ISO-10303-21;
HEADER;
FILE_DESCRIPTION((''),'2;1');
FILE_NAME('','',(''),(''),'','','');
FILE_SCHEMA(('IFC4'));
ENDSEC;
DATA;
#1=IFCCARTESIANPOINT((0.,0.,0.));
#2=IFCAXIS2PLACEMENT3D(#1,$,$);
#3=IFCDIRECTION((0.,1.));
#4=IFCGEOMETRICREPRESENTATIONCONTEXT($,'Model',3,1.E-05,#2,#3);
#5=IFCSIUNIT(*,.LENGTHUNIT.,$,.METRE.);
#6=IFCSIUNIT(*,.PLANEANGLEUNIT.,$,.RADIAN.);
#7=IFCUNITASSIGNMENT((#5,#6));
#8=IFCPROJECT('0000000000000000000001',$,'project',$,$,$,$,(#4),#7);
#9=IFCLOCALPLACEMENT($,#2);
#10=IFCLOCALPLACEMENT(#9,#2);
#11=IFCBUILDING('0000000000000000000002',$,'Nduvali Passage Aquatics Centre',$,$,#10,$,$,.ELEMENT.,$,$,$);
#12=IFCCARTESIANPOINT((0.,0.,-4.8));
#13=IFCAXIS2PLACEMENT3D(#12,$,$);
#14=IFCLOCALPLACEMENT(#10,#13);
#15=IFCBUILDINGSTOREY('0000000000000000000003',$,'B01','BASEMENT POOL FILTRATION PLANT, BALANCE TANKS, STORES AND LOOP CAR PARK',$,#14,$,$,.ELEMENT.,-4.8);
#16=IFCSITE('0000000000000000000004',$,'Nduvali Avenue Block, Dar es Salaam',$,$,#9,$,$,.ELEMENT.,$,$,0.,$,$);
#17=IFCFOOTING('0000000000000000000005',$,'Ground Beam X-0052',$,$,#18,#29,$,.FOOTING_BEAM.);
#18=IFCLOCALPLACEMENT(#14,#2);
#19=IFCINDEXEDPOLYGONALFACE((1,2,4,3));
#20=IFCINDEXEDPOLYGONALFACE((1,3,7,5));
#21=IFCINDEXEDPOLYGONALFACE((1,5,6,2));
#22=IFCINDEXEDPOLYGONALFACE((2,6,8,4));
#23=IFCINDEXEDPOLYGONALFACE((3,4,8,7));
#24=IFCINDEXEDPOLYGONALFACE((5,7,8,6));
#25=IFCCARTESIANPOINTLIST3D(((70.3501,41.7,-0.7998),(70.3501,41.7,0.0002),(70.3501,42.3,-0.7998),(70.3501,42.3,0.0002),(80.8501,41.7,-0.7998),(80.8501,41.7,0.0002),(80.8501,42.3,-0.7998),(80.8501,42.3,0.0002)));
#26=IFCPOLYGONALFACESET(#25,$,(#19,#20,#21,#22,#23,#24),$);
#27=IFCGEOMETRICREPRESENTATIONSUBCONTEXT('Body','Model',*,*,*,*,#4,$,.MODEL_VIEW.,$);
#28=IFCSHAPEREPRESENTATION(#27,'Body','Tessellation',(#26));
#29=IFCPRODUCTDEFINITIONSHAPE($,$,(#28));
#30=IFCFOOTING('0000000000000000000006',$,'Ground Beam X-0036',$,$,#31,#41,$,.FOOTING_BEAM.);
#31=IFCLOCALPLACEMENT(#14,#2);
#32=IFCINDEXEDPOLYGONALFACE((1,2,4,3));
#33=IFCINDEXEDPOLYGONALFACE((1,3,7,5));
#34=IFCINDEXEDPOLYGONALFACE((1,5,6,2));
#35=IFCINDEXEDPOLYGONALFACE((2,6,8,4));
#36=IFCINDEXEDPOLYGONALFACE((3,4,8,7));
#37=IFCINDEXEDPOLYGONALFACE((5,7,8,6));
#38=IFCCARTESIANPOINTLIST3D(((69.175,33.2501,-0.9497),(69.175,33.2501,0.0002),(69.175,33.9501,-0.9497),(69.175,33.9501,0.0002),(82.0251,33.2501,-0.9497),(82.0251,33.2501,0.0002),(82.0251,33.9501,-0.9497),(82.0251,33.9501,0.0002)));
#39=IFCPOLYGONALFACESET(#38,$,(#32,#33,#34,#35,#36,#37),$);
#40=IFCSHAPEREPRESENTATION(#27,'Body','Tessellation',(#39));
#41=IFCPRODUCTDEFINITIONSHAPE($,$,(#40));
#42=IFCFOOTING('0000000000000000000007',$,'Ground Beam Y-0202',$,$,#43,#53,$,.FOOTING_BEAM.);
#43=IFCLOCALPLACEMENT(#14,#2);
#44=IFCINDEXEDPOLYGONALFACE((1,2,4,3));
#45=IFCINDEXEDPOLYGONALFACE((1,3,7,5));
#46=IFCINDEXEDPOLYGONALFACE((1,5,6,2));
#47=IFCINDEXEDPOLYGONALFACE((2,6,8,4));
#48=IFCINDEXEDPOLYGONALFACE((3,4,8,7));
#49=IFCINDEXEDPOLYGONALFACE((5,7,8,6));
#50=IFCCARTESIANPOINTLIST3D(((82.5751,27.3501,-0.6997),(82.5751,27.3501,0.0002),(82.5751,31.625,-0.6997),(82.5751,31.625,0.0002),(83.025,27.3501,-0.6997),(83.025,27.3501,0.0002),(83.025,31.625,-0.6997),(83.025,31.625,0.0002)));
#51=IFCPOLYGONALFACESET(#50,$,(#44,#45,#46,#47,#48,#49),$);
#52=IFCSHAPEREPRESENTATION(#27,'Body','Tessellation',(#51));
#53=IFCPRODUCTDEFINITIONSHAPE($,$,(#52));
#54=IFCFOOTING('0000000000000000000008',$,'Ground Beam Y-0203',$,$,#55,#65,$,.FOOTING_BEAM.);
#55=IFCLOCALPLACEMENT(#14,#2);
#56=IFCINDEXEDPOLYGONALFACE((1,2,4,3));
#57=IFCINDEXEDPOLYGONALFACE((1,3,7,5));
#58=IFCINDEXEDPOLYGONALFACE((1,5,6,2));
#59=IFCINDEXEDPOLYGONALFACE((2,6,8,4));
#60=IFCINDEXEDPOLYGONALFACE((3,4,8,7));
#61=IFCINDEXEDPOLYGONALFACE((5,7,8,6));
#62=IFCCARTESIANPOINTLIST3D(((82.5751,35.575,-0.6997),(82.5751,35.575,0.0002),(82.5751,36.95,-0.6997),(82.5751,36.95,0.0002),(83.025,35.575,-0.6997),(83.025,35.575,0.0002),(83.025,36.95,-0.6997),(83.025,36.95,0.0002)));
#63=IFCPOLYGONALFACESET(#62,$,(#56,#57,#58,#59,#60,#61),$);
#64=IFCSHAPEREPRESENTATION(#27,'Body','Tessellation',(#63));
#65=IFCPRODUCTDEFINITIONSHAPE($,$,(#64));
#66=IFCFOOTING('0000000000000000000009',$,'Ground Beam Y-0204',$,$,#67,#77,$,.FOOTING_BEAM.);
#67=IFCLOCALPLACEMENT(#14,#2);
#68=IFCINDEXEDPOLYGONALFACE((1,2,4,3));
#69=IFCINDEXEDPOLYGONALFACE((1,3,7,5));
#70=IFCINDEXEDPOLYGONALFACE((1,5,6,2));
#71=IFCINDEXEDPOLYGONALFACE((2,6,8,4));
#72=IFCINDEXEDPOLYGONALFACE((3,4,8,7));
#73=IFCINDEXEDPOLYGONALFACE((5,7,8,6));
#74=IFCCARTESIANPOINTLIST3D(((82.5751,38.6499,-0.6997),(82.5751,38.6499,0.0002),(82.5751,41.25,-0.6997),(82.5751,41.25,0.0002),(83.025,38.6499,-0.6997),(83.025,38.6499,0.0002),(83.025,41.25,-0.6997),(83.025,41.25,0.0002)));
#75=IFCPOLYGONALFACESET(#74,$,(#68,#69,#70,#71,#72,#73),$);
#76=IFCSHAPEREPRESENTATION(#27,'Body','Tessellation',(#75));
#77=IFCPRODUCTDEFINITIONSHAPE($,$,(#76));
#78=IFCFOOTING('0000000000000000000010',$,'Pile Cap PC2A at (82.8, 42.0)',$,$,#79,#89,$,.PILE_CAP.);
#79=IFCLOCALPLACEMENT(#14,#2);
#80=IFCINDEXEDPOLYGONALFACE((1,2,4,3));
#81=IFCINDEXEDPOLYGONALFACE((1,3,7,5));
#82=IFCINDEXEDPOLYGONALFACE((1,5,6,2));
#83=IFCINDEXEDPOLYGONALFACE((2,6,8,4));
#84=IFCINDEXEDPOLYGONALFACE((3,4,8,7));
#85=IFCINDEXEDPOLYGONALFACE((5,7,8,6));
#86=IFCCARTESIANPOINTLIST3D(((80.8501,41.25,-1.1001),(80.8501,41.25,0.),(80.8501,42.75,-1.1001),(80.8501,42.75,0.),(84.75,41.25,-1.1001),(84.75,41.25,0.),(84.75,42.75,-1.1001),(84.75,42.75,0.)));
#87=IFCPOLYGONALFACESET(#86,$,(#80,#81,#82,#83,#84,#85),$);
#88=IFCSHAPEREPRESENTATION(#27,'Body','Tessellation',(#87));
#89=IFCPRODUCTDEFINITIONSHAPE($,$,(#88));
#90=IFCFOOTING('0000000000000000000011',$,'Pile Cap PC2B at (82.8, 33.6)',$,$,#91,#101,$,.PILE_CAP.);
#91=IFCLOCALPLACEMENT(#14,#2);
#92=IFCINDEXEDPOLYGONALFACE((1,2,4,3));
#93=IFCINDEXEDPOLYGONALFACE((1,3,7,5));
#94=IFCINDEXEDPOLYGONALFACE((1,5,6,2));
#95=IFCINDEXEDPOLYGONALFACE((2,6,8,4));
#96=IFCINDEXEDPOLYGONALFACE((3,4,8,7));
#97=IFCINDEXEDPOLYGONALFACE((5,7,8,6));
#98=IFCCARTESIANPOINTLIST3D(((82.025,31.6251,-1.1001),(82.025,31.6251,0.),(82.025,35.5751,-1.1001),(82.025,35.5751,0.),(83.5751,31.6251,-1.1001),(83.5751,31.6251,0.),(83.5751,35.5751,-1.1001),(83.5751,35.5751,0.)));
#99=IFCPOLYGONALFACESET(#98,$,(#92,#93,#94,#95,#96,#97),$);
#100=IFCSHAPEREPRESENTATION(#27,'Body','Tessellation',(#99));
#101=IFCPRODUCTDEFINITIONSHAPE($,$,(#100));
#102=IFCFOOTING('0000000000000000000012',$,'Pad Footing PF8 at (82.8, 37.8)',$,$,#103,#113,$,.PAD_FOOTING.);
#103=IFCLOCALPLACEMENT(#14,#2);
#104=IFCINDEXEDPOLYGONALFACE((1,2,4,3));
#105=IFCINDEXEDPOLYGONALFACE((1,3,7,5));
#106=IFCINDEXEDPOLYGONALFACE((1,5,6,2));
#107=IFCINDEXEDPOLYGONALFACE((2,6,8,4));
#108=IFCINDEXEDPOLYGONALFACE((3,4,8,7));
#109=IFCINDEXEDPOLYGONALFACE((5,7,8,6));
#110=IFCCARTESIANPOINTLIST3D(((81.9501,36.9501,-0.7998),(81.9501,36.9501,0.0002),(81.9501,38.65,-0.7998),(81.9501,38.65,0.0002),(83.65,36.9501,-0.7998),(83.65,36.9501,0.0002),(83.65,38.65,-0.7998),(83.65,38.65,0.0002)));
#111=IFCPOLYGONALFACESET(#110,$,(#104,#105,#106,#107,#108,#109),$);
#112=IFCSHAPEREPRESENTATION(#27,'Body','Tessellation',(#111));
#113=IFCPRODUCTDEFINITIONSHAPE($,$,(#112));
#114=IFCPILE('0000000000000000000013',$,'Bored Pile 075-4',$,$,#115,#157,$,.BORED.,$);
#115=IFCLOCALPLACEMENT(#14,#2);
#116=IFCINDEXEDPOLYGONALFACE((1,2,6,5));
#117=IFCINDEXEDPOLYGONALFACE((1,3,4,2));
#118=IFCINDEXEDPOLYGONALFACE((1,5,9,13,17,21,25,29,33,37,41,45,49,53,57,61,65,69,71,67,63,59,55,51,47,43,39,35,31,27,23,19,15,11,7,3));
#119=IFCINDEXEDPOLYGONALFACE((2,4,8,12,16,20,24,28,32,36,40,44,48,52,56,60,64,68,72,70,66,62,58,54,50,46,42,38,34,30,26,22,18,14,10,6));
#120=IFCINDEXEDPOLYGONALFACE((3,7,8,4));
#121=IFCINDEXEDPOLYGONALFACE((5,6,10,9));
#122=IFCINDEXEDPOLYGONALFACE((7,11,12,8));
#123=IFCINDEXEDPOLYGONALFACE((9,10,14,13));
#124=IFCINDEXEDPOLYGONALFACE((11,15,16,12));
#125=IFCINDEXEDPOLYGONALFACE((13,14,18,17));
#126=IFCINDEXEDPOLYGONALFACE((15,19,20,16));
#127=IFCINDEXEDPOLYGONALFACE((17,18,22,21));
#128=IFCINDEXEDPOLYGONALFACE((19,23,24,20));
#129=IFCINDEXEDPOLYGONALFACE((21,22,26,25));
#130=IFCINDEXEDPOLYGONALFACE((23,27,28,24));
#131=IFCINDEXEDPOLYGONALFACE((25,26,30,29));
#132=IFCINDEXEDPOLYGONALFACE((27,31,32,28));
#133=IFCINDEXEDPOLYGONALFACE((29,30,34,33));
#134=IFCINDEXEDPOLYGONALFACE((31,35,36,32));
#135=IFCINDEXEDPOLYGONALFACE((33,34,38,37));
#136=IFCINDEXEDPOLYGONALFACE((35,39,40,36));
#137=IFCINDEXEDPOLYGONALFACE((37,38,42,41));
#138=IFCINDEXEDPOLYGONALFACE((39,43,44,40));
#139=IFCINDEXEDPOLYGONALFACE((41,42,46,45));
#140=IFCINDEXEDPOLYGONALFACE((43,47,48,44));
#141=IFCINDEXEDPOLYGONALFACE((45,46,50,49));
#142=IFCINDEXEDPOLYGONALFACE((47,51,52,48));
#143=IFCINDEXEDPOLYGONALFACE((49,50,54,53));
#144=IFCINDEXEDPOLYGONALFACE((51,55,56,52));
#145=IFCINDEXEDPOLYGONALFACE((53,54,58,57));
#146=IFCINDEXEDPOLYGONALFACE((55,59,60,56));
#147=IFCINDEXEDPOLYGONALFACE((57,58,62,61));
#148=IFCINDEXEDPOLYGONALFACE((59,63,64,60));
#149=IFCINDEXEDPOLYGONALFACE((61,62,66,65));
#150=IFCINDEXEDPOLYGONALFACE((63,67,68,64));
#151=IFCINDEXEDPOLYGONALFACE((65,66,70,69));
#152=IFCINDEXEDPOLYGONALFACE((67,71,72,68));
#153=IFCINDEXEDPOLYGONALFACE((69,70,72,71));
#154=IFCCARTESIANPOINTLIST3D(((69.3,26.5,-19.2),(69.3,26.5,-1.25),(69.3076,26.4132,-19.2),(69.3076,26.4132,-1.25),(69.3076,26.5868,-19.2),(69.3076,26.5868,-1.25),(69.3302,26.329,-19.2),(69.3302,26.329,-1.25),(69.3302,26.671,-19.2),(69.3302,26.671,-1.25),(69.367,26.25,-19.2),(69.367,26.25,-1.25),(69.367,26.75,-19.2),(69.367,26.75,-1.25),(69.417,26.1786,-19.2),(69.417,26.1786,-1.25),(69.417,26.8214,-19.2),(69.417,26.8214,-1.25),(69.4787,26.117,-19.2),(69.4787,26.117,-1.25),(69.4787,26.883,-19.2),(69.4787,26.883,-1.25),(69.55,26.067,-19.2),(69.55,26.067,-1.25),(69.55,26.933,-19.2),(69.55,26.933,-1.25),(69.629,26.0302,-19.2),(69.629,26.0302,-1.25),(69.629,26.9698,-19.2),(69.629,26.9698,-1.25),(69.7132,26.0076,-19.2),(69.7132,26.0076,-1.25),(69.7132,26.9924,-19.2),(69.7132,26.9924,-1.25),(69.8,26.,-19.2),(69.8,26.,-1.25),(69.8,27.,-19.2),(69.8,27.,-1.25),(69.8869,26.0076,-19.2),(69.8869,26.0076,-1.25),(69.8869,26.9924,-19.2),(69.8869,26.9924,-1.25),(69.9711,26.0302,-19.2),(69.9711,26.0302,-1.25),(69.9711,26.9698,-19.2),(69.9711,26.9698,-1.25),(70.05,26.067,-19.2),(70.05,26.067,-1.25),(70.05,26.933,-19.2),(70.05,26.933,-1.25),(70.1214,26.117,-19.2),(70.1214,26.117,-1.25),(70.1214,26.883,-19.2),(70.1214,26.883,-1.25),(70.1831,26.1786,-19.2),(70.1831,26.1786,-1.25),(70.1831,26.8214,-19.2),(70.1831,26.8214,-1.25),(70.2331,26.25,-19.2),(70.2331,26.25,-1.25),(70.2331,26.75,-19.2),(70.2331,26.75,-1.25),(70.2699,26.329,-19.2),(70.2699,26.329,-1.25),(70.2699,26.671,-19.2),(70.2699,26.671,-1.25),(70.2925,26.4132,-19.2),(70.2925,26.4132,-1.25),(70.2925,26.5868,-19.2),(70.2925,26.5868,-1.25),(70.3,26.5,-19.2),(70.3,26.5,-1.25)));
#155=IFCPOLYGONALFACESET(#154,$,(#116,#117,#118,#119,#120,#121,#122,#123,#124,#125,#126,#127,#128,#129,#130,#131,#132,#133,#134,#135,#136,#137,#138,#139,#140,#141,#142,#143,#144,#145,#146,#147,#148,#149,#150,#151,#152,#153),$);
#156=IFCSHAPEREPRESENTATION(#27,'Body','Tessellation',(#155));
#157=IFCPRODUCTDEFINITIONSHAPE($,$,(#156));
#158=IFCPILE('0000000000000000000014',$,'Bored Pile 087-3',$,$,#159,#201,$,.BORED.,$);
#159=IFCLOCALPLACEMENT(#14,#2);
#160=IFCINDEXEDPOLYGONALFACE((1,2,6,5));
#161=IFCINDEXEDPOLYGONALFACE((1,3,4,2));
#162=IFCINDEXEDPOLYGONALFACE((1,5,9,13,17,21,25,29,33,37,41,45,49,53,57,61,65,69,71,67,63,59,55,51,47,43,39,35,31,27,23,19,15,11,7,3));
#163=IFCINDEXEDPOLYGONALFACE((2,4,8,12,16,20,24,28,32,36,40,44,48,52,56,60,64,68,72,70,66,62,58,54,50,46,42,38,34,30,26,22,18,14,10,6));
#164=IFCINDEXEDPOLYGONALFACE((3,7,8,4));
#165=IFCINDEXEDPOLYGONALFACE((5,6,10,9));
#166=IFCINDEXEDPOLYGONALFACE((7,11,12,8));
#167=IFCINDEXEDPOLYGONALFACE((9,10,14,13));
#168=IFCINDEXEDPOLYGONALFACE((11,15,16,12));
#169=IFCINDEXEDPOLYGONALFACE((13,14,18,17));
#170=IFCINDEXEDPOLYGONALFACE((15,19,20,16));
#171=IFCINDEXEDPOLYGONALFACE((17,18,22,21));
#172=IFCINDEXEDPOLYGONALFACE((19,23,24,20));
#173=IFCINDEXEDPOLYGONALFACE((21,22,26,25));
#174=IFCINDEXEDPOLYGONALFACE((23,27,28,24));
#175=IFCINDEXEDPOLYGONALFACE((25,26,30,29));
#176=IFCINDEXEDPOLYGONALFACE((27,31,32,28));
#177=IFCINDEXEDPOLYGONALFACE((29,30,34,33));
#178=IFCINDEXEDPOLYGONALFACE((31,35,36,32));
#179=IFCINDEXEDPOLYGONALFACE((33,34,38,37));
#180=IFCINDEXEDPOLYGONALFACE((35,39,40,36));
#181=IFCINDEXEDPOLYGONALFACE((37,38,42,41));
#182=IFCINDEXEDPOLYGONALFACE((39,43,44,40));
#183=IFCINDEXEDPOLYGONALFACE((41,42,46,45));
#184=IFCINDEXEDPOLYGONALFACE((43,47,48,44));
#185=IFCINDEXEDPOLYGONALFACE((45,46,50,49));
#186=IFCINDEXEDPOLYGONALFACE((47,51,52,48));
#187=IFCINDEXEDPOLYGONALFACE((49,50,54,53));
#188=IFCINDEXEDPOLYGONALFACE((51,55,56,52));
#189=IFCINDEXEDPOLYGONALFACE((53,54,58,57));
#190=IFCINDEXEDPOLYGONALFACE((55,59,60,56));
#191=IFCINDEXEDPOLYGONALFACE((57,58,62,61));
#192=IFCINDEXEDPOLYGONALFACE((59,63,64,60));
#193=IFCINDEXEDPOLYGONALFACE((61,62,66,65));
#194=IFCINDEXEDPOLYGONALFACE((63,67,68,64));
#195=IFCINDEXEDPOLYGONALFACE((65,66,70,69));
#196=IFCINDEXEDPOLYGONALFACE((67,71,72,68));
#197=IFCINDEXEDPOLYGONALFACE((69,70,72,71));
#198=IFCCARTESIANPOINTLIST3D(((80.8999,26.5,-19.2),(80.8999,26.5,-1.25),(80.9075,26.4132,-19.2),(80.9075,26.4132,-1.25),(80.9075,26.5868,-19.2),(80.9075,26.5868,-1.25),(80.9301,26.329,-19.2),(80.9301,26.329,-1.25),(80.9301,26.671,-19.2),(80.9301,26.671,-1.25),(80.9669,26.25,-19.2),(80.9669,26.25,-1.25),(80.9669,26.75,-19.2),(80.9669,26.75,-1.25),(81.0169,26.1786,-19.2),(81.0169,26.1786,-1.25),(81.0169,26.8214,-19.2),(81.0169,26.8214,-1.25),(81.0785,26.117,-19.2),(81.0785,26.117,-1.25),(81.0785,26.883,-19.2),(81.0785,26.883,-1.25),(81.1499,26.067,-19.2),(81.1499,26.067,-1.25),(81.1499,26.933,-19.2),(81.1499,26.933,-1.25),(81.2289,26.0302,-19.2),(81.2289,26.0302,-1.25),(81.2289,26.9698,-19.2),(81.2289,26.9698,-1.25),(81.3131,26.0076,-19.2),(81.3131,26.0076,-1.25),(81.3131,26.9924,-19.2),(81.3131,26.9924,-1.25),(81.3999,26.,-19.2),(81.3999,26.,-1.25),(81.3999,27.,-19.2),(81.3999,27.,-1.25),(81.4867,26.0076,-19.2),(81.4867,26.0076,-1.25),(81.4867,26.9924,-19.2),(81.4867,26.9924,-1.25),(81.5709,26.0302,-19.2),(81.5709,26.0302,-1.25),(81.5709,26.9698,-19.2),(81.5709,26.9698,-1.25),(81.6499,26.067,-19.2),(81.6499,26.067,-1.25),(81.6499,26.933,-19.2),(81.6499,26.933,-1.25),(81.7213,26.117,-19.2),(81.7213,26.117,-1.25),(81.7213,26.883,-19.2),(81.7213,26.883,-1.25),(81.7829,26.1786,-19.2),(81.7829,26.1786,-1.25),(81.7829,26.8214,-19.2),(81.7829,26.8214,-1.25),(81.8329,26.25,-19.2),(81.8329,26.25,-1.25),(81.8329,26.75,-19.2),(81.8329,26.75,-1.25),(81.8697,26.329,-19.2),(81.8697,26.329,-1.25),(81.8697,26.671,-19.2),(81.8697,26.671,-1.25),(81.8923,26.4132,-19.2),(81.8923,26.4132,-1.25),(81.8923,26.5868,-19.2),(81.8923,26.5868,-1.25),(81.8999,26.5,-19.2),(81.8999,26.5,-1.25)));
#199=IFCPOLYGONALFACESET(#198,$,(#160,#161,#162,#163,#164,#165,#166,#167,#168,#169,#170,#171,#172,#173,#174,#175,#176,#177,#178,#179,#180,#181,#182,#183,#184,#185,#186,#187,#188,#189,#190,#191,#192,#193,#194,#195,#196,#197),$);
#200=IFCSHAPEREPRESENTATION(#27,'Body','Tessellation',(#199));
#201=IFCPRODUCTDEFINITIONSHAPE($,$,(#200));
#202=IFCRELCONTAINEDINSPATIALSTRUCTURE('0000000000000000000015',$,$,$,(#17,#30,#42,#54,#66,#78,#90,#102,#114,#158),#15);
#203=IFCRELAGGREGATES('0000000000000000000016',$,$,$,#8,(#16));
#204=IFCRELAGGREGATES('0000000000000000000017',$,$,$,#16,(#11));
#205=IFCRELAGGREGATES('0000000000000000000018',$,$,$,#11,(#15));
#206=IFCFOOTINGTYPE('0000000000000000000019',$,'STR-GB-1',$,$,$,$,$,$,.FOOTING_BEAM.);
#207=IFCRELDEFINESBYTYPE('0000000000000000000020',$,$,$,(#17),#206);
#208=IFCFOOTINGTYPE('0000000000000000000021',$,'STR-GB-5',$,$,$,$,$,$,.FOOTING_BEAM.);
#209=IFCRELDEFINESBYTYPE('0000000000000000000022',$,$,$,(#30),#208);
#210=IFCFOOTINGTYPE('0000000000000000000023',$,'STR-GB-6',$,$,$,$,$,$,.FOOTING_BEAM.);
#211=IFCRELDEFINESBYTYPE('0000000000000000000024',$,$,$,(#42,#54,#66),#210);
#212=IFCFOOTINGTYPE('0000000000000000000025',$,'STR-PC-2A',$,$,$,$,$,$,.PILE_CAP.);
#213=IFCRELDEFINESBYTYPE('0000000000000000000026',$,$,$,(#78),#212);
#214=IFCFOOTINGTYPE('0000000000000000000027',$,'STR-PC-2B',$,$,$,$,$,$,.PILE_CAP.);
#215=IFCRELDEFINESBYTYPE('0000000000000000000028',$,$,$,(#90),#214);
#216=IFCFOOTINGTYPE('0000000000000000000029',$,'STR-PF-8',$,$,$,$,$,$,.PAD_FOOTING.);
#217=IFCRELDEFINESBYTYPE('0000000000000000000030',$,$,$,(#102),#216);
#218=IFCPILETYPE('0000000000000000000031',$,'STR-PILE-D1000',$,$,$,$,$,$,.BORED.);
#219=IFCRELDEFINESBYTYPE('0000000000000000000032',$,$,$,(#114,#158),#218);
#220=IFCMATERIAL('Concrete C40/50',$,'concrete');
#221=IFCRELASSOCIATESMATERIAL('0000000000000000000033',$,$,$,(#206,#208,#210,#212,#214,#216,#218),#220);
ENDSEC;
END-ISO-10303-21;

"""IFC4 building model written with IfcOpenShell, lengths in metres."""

from ifc_helpers import new_model, si_unit, direction, frame, origin, origin_2d, place, context, subcontext, project, spatial, rectangle, circle, extrude, material, material_profile, profile_set, type_object, element, save


model = new_model("IFC4")

# Units and contexts
model_context = context("Model", 3, precision=1e-05, world=origin(), true_north=direction((0.0, 1.0)))
body_context = subcontext(model_context, "Body", "Model", "MODEL_VIEW")
ifc_project = project(units=[si_unit("LENGTHUNIT", "METRE"), si_unit("PLANEANGLEUNIT", "RADIAN")], contexts=[model_context])

# Site, building, storey
site_placement = place(None, origin())
site = spatial("IfcSite", under=ifc_project, at=site_placement, Name="Nduvali Avenue Block, Dar es Salaam", CompositionType="ELEMENT", RefElevation=0.0)
building_placement = place(site_placement, origin())
building = spatial("IfcBuilding", under=site, at=building_placement, Name="Nduvali Passage Aquatics Centre", CompositionType="ELEMENT")
storey_placement = place(building_placement, frame((0.0, 0.0, -4.8)))
storey = spatial("IfcBuildingStorey", under=building, at=storey_placement, Name="B01", Description="BASEMENT POOL FILTRATION PLANT, BALANCE TANKS, STORES AND LOOP CAR PARK", CompositionType="ELEMENT", Elevation=-4.8)

# Footings
ifc_material_1 = material(Name="Concrete C40/50", Category="concrete")
footing_type_1 = type_object("IfcFootingType", Name="STR-GB-1", PredefinedType="FOOTING_BEAM", material=ifc_material_1)
footing_1_placement = place(storey_placement, frame((75.6001, 42.0, -0.7998), z_axis=(0.0, 0.0, 1.0), x_axis=(1.0, 0.0, 0.0)))
element("IfcFooting", 1, at=footing_1_placement, inside=storey, type_object=footing_type_1, Name="Ground Beam X-0052", PredefinedType="FOOTING_BEAM", context=body_context, shape_type="SweptSolid", body=[
    extrude(rectangle(XDim=10.5, YDim=0.6001, at=origin_2d()), origin(), (0.0, 0.0, 1.0), 0.8),
])
footing_type_2 = type_object("IfcFootingType", Name="STR-GB-5", PredefinedType="FOOTING_BEAM", material=ifc_material_1)
footing_2_placement = place(storey_placement, frame((75.6001, 33.6001, -0.9497), z_axis=(0.0, 0.0, 1.0), x_axis=(1.0, 0.0, 0.0)))
element("IfcFooting", 2, at=footing_2_placement, inside=storey, type_object=footing_type_2, Name="Ground Beam X-0036", PredefinedType="FOOTING_BEAM", context=body_context, shape_type="SweptSolid", body=[
    extrude(rectangle(XDim=12.8501, YDim=0.7, at=origin_2d()), origin(), (0.0, 0.0, 1.0), 0.95),
])
footing_type_3 = type_object("IfcFootingType", Name="STR-GB-6", PredefinedType="FOOTING_BEAM", material=ifc_material_1)
footing_3_placement = place(storey_placement, frame((82.8, 29.4875, -0.6997), z_axis=(0.0, 0.0, 1.0), x_axis=(0.0, 1.0, 0.0)))
element("IfcFooting", 3, at=footing_3_placement, inside=storey, type_object=footing_type_3, Name="Ground Beam Y-0202", PredefinedType="FOOTING_BEAM", context=body_context, shape_type="SweptSolid", body=[
    extrude(rectangle(XDim=4.2749, YDim=0.45, at=origin_2d()), origin(), (0.0, 0.0, 1.0), 0.7),
])
footing_4_placement = place(storey_placement, frame((82.8, 36.2625, -0.6997), z_axis=(0.0, 0.0, 1.0), x_axis=(0.0, 1.0, 0.0)))
element("IfcFooting", 4, at=footing_4_placement, inside=storey, type_object=footing_type_3, Name="Ground Beam Y-0203", PredefinedType="FOOTING_BEAM", context=body_context, shape_type="SweptSolid", body=[
    extrude(rectangle(XDim=1.375, YDim=0.45, at=origin_2d()), origin(), (0.0, 0.0, 1.0), 0.7),
])
footing_5_placement = place(storey_placement, frame((82.8, 39.95, -0.6997), z_axis=(0.0, 0.0, 1.0), x_axis=(0.0, 1.0, 0.0)))
element("IfcFooting", 5, at=footing_5_placement, inside=storey, type_object=footing_type_3, Name="Ground Beam Y-0204", PredefinedType="FOOTING_BEAM", context=body_context, shape_type="SweptSolid", body=[
    extrude(rectangle(XDim=2.6001, YDim=0.45, at=origin_2d()), origin(), (0.0, 0.0, 1.0), 0.7),
])
footing_type_4 = type_object("IfcFootingType", Name="STR-PC-2A", PredefinedType="PILE_CAP", material=ifc_material_1)
footing_6_placement = place(storey_placement, frame((82.8, 42.0, -1.1001), z_axis=(0.0, 0.0, 1.0), x_axis=(1.0, 0.0, 0.0)))
element("IfcFooting", 6, at=footing_6_placement, inside=storey, type_object=footing_type_4, Name="Pile Cap PC2A at (82.8, 42.0)", PredefinedType="PILE_CAP", context=body_context, shape_type="SweptSolid", body=[
    extrude(rectangle(XDim=3.8999, YDim=1.5, at=origin_2d()), origin(), (0.0, 0.0, 1.0), 1.1001),
])
footing_type_5 = type_object("IfcFootingType", Name="STR-PC-2B", PredefinedType="PILE_CAP", material=ifc_material_1)
footing_7_placement = place(storey_placement, frame((82.8, 33.6001, -1.1001), z_axis=(0.0, 0.0, 1.0), x_axis=(1.0, 0.0, 0.0)))
element("IfcFooting", 7, at=footing_7_placement, inside=storey, type_object=footing_type_5, Name="Pile Cap PC2B at (82.8, 33.6)", PredefinedType="PILE_CAP", context=body_context, shape_type="SweptSolid", body=[
    extrude(rectangle(XDim=1.55, YDim=3.95, at=origin_2d()), origin(), (0.0, 0.0, 1.0), 1.1001),
])
footing_type_6 = type_object("IfcFootingType", Name="STR-PF-8", PredefinedType="PAD_FOOTING", material=ifc_material_1)
footing_8_placement = place(storey_placement, frame((82.8, 37.8, -0.7998), z_axis=(0.0, 0.0, 1.0), x_axis=(1.0, 0.0, 0.0)))
element("IfcFooting", 8, at=footing_8_placement, inside=storey, type_object=footing_type_6, Name="Pad Footing PF8 at (82.8, 37.8)", PredefinedType="PAD_FOOTING", context=body_context, shape_type="SweptSolid", body=[
    extrude(rectangle(XDim=1.7, YDim=1.7, at=origin_2d()), origin(), (0.0, 0.0, 1.0), 0.8),
])

# Piles
ifc_material_profile_1 = material_profile(ifc_material_1, circle(Radius=0.5, at=origin_2d()), Name="PILE D1000")
ifc_profile_set_1 = profile_set([ifc_material_profile_1], Name="Concrete C40/50")
pile_type_1 = type_object("IfcPileType", Name="STR-PILE-D1000", PredefinedType="BORED", material=ifc_profile_set_1)
for number, where, z_axis, x_axis, name in (
    (9, (69.8, 26.5, -1.25), (0.0, 0.0, -1.0), (1.0, 0.0, 0.0), "Bored Pile 075-4"),
    (10, (81.3999, 26.5, -1.25), (0.0, 0.0, -1.0), (1.0, 0.0, 0.0), "Bored Pile 087-3"),
):
    element("IfcPile", number, at=place(storey_placement, frame(where, z_axis=z_axis, x_axis=x_axis)), inside=storey, type_object=pile_type_1, Name=name, PredefinedType="BORED", context=body_context, shape_type="SweptSolid", body=[
        extrude(circle(Radius=0.5, at=origin_2d()), origin(), (0.0, 0.0, 1.0), 17.95),
    ])

save(model, "model.ifc")
